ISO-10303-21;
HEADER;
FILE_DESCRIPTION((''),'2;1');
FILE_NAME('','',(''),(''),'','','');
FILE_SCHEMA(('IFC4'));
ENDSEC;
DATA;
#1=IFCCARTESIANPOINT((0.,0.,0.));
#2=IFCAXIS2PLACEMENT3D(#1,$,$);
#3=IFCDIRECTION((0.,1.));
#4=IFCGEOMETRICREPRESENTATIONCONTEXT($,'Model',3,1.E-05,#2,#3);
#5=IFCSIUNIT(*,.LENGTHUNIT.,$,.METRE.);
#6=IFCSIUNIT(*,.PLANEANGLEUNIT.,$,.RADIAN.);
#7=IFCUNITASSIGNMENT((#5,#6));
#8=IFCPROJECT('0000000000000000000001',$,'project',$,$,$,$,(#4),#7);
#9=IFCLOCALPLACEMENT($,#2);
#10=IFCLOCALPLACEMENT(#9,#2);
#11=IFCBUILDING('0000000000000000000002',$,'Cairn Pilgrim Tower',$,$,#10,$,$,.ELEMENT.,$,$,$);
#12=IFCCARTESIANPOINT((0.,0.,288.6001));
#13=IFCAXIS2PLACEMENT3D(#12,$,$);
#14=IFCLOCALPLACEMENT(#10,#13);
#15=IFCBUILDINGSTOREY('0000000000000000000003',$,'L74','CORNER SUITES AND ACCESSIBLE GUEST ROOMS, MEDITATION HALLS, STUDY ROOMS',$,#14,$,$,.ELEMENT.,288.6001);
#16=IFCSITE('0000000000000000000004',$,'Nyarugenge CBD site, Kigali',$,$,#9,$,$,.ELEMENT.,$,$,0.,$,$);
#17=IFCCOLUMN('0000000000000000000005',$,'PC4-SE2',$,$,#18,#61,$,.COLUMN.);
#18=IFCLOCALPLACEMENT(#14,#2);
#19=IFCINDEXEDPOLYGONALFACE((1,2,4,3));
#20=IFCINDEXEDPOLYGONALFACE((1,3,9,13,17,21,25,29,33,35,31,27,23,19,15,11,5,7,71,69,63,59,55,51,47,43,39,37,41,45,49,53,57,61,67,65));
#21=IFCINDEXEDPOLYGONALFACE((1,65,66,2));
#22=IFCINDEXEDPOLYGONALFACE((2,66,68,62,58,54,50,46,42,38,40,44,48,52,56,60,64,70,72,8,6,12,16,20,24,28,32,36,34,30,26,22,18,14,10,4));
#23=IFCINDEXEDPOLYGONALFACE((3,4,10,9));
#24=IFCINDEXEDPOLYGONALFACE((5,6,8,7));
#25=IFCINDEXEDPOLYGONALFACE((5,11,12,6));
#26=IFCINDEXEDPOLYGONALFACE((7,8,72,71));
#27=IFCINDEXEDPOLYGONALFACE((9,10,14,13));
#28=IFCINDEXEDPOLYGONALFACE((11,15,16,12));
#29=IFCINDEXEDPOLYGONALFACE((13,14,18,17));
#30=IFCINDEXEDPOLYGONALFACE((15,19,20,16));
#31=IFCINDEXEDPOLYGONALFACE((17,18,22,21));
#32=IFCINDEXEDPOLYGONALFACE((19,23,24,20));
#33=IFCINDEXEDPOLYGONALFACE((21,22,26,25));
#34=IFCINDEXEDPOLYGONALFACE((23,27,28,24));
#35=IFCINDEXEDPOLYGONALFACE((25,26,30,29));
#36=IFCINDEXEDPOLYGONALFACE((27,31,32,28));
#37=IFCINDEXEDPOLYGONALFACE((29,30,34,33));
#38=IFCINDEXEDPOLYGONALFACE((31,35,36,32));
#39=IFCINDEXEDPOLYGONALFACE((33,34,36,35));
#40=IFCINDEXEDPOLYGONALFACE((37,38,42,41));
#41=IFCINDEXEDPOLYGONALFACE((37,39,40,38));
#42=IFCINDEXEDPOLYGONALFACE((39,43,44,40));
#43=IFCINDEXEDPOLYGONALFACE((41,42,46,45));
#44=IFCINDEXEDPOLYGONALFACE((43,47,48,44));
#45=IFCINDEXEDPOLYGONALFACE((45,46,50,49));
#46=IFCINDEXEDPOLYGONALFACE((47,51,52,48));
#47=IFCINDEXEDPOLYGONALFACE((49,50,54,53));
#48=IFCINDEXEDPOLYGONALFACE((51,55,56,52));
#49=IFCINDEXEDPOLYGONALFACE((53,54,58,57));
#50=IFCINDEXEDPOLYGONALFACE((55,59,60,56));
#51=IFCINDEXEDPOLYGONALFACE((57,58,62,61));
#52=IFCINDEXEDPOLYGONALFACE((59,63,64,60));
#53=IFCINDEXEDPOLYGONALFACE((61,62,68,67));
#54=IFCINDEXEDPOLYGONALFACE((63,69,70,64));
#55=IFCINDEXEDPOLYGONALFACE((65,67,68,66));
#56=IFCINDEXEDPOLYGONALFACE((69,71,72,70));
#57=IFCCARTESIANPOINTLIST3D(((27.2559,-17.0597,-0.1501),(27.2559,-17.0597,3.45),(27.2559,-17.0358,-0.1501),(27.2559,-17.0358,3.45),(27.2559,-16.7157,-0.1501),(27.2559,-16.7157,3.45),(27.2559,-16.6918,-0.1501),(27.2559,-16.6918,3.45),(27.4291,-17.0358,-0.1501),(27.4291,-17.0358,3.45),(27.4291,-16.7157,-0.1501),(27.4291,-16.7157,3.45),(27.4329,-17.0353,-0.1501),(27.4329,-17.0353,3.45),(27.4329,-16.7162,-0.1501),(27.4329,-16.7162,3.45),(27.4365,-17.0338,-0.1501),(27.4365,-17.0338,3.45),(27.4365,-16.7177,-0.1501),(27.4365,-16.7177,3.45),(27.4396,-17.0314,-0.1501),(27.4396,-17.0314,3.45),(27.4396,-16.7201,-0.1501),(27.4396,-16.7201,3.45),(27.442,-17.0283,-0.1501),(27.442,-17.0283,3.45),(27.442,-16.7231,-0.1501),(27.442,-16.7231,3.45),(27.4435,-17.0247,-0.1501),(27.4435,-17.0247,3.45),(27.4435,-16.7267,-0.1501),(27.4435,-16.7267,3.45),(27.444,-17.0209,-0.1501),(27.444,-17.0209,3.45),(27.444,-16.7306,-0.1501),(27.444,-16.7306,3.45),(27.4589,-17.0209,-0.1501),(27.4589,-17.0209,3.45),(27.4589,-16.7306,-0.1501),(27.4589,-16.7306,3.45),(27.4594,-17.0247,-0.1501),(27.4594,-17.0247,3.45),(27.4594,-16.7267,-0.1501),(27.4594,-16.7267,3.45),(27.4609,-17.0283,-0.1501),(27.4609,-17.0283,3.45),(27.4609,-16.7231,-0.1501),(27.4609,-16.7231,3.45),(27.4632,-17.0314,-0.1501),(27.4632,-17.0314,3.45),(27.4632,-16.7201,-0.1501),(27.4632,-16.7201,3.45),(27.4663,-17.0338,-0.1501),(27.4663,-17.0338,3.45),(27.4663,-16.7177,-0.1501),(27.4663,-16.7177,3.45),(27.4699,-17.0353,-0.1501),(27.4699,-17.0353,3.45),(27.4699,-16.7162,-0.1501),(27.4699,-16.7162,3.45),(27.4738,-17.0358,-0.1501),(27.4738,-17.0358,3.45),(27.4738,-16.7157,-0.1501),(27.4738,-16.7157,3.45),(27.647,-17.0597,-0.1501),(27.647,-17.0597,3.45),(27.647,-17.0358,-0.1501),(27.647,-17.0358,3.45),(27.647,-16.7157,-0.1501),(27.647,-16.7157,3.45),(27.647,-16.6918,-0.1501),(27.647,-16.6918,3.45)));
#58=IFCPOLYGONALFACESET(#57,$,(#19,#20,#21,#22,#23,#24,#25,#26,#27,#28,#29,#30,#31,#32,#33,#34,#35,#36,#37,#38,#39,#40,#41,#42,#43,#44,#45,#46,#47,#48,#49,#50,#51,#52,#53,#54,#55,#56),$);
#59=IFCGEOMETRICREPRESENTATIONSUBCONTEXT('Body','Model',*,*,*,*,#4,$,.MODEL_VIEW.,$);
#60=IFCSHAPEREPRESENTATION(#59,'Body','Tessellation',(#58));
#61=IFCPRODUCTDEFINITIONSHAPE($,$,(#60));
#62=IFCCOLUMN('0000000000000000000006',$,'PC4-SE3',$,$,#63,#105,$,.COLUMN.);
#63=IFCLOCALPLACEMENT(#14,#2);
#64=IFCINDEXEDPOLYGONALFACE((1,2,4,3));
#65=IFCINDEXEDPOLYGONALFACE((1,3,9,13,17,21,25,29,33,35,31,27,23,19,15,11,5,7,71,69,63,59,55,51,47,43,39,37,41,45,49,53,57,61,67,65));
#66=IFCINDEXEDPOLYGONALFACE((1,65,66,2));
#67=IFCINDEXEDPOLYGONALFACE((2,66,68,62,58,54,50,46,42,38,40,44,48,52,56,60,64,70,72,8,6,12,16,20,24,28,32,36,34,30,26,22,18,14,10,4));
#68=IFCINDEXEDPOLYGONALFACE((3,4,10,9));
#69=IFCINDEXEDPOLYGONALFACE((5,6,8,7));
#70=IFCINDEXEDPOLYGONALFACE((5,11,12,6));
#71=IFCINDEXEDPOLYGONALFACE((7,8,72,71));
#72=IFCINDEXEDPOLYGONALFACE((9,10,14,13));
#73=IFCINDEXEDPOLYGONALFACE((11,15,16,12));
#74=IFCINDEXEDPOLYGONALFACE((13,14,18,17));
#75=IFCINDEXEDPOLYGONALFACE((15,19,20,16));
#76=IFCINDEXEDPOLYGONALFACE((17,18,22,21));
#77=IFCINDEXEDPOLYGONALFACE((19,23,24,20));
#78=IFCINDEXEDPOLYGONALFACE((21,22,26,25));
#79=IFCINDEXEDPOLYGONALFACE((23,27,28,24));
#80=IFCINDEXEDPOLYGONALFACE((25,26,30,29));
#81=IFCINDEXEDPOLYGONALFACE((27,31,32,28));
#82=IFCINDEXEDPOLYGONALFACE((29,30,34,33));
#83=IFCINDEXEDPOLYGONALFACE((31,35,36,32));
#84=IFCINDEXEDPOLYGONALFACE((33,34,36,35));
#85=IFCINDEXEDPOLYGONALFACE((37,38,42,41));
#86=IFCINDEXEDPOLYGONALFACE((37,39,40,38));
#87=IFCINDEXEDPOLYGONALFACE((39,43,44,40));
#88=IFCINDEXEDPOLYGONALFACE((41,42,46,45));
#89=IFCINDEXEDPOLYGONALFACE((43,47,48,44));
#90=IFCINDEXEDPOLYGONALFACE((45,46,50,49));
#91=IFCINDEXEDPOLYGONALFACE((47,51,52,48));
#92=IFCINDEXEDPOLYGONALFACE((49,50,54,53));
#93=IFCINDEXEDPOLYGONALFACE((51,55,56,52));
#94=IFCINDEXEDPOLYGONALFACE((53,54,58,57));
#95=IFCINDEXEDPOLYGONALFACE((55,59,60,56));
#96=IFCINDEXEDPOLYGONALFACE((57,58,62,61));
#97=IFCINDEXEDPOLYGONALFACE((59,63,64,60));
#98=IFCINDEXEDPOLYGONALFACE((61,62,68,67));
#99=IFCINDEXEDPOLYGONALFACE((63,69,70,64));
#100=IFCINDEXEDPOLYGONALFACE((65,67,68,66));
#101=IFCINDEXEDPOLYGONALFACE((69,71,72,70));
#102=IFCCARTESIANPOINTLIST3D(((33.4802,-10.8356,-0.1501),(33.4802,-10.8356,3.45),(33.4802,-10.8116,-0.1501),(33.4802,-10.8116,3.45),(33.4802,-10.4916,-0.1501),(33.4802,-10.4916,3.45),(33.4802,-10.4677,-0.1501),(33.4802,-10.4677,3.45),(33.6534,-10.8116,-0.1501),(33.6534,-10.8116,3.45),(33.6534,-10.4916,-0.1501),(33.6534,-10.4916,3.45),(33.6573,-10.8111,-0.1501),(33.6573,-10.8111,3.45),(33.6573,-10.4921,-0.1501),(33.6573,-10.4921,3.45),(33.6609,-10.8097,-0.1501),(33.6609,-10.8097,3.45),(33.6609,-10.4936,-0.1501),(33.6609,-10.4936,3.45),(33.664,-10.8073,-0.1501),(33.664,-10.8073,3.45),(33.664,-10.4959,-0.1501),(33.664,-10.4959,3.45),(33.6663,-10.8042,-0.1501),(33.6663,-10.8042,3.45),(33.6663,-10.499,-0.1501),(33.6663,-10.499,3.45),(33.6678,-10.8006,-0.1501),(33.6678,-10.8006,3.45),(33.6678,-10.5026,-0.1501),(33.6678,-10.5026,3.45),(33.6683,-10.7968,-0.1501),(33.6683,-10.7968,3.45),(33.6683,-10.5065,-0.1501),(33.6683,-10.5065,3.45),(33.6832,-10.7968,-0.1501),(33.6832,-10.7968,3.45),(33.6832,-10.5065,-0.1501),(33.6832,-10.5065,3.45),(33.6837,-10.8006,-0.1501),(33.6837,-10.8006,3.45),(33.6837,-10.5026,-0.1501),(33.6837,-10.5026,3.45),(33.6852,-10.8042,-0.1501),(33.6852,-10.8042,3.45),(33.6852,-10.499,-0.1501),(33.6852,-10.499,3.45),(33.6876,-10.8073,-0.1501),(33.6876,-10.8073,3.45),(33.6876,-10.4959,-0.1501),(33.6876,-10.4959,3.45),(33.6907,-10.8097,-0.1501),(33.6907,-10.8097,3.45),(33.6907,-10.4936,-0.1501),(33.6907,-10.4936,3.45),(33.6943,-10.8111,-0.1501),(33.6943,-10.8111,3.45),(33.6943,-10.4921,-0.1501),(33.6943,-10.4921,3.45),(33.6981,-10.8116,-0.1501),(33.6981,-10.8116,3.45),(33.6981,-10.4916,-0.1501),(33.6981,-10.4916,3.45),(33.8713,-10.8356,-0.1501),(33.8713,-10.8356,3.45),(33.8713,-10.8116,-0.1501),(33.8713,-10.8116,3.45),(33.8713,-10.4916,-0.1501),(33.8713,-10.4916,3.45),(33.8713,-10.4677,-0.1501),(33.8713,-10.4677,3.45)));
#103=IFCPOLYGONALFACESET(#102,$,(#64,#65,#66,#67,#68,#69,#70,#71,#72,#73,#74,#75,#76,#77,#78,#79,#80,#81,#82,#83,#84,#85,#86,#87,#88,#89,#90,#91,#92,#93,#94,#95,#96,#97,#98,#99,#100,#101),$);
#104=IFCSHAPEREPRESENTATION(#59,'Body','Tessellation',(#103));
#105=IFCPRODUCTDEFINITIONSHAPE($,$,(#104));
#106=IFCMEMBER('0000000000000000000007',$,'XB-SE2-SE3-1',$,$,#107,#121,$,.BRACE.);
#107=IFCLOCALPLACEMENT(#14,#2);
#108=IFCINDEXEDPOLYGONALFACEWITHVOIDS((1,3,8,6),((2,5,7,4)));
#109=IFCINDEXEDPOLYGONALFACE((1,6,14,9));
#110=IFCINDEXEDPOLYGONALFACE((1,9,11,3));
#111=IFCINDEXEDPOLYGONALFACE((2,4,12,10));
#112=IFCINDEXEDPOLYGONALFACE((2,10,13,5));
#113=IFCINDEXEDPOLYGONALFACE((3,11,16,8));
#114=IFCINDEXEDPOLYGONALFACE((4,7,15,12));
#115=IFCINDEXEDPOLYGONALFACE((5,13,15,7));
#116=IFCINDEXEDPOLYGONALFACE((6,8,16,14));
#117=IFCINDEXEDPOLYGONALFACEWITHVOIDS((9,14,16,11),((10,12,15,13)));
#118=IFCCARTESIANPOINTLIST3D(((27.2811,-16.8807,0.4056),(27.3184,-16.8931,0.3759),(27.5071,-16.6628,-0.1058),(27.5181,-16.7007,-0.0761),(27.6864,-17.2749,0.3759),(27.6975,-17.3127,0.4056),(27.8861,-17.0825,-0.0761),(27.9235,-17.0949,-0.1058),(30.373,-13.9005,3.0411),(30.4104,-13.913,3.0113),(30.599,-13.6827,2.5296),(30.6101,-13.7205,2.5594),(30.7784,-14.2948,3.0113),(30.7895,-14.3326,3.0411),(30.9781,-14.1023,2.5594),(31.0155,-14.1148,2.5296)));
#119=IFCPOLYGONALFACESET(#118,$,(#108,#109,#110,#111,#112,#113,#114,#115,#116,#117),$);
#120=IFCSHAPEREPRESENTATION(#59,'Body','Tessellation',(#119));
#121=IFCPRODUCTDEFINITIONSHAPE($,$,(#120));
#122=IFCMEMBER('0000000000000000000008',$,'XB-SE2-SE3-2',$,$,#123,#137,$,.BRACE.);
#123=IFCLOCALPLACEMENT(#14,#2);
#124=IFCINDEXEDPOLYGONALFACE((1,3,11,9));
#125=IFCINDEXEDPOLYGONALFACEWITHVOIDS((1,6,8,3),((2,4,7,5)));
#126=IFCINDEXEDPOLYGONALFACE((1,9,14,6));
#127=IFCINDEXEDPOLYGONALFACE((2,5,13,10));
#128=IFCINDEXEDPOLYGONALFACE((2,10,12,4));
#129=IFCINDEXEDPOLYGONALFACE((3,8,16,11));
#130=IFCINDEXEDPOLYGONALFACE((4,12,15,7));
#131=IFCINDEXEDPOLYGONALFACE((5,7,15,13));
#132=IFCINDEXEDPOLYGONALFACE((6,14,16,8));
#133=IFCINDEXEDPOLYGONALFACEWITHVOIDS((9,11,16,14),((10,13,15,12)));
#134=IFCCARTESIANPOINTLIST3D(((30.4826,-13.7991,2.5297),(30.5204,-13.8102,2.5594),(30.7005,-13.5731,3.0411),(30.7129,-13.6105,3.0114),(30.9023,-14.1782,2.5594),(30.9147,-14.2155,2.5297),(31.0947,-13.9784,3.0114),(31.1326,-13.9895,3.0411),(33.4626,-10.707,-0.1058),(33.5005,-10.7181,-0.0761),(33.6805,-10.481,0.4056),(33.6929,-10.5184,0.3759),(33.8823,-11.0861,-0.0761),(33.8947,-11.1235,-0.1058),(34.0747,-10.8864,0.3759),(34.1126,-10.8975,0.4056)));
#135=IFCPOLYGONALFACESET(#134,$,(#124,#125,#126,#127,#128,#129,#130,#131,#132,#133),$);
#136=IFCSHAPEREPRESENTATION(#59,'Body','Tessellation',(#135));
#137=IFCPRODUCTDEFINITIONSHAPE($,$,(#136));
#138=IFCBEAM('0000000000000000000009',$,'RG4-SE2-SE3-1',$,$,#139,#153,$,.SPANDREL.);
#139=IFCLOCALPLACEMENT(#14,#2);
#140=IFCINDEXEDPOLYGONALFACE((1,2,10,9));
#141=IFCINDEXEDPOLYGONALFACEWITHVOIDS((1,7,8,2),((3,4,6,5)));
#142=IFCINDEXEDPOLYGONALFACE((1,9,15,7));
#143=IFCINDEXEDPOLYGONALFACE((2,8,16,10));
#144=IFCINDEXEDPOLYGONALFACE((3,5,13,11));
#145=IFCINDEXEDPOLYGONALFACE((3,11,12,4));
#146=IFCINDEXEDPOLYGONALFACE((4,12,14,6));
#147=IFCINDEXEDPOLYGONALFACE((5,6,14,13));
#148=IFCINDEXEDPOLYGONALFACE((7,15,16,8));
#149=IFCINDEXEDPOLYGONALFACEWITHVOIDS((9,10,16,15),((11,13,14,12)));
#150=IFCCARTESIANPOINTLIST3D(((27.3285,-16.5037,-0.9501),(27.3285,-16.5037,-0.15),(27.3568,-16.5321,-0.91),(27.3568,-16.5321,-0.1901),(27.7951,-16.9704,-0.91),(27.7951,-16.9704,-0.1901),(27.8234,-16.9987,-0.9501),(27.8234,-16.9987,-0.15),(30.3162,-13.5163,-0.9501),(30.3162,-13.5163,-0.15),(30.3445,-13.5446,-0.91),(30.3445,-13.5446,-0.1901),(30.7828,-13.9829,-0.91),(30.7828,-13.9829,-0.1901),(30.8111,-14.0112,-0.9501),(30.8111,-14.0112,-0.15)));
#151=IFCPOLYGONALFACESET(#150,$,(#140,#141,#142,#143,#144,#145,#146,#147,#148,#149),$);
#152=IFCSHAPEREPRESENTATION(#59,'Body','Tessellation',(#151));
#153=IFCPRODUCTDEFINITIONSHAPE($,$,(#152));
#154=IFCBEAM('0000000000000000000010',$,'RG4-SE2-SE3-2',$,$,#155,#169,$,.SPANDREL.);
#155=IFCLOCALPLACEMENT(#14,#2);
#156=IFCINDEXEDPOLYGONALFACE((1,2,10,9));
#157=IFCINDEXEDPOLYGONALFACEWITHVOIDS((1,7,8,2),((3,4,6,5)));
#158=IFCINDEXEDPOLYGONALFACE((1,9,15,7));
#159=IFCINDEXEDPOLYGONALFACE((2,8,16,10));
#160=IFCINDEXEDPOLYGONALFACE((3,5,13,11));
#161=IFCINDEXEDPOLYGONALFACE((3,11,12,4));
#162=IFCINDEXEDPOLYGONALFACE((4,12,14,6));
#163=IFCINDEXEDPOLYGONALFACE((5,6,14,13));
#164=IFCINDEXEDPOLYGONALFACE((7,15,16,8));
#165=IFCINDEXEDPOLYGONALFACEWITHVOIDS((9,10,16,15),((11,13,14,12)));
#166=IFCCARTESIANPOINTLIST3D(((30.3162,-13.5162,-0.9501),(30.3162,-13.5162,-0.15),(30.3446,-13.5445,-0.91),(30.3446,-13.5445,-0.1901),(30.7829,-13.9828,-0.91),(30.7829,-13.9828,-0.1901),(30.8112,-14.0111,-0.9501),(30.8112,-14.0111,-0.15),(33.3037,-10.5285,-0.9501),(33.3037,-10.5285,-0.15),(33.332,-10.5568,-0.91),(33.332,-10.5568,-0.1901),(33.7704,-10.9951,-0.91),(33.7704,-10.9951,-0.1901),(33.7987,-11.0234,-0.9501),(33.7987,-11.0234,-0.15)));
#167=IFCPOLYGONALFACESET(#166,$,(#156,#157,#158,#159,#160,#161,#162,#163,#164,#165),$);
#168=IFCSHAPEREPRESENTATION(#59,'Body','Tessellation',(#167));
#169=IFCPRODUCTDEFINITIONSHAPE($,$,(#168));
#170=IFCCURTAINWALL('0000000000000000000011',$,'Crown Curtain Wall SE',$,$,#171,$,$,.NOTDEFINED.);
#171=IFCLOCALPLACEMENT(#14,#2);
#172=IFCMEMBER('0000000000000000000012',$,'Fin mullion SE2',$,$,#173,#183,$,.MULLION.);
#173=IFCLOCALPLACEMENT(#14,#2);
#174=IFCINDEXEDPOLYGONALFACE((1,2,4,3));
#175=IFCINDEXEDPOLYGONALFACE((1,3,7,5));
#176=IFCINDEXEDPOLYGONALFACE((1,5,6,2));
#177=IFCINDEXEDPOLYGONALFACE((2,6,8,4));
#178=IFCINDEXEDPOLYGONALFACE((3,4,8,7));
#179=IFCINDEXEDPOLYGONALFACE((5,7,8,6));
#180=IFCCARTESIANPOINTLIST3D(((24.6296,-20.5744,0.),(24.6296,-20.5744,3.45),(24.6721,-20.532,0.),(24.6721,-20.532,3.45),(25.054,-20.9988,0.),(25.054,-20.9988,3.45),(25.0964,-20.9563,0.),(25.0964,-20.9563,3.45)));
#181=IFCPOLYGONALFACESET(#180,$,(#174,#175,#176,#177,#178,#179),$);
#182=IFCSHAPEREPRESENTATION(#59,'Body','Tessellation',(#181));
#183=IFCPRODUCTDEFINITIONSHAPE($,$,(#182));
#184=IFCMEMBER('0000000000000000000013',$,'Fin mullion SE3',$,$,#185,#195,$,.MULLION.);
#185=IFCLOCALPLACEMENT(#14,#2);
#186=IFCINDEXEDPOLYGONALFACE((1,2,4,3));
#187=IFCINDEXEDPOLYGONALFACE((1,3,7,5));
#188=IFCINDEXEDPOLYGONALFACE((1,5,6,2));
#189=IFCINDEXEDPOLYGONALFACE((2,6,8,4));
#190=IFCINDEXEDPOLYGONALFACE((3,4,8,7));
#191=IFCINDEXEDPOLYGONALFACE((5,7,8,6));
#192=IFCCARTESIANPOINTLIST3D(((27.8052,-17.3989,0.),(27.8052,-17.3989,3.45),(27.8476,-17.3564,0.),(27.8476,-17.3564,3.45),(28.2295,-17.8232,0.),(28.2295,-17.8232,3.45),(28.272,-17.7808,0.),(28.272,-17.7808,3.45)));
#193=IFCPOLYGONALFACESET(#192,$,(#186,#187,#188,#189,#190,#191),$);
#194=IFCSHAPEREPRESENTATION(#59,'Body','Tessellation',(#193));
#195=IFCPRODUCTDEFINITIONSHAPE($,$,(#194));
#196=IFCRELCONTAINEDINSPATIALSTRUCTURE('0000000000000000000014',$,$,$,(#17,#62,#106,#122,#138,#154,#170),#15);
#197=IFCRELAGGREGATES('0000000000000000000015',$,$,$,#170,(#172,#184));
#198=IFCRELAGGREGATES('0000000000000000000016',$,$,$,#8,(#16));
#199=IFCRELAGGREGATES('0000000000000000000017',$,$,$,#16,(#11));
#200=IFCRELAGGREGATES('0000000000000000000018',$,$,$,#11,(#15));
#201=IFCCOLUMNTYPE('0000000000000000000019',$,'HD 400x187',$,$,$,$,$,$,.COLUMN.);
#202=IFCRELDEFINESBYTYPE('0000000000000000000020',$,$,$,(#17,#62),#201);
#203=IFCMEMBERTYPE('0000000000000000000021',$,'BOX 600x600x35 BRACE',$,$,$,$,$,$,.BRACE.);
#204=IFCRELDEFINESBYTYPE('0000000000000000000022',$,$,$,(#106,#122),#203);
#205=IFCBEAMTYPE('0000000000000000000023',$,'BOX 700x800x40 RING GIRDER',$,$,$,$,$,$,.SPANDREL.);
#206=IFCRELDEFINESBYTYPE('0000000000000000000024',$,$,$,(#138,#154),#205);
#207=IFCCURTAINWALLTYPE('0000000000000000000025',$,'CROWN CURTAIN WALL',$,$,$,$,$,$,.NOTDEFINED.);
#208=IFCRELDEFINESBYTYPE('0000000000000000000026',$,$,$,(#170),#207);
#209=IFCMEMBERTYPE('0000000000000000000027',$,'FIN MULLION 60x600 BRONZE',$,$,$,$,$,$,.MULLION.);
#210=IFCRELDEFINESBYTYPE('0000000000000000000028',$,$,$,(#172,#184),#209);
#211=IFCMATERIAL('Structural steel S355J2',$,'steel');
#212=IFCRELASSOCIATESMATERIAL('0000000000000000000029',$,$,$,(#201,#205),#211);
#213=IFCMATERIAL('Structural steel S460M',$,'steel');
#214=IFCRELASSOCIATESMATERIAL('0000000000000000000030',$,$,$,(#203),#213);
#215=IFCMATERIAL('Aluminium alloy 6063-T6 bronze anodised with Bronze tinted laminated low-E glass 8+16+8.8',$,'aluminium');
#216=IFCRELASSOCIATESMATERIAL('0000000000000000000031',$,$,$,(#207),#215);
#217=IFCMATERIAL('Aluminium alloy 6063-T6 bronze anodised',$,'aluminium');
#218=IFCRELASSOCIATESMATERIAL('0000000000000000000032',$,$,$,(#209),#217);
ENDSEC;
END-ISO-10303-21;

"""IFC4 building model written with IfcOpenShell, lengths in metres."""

from ifc_helpers import new_model, si_unit, direction, frame, origin, origin_2d, place, context, subcontext, project, spatial, rectangle, hollow_rectangle, i_section, extrude, material, material_profile, profile_set, type_object, element, aggregate, save


model = new_model("IFC4")

# Units and contexts
model_context = context("Model", 3, precision=1e-05, world=origin(), true_north=direction((0.0, 1.0)))
body_context = subcontext(model_context, "Body", "Model", "MODEL_VIEW")
ifc_project = project(units=[si_unit("LENGTHUNIT", "METRE"), si_unit("PLANEANGLEUNIT", "RADIAN")], contexts=[model_context])

# Site, building, storey
site_placement = place(None, origin())
site = spatial("IfcSite", under=ifc_project, at=site_placement, Name="Nyarugenge CBD site, Kigali", CompositionType="ELEMENT", RefElevation=0.0)
building_placement = place(site_placement, origin())
building = spatial("IfcBuilding", under=site, at=building_placement, Name="Cairn Pilgrim Tower", CompositionType="ELEMENT")
storey_placement = place(building_placement, frame((0.0, 0.0, 288.6001)))
storey = spatial("IfcBuildingStorey", under=building, at=storey_placement, Name="L74", Description="CORNER SUITES AND ACCESSIBLE GUEST ROOMS, MEDITATION HALLS, STUDY ROOMS", CompositionType="ELEMENT", Elevation=288.6001)

# Columns
ifc_material_1 = material(Name="Structural steel S355J2", Category="steel")
ifc_material_profile_1 = material_profile(ifc_material_1, i_section(OverallWidth=0.3911, OverallDepth=0.3679, WebThickness=0.0149, FlangeThickness=0.0239, FilletRadius=0.0149, at=origin_2d()), Name="HD 400x187")
ifc_profile_set_1 = profile_set([ifc_material_profile_1], Name="Structural steel S355J2")
column_type = type_object("IfcColumnType", Name="HD 400x187", PredefinedType="COLUMN", material=ifc_profile_set_1)
for number, where, z_axis, x_axis, name in (
    (1, (27.4514, -16.8757, -0.1501), (0.0, 0.0, 1.0), (1.0, 0.0, 0.0), "PC4-SE2"),
    (2, (33.6758, -10.6516, -0.1501), (0.0, 0.0, 1.0), (1.0, 0.0, 0.0), "PC4-SE3"),
):
    element("IfcColumn", number, at=place(storey_placement, frame(where, z_axis=z_axis, x_axis=x_axis)), inside=storey, type_object=column_type, Name=name, PredefinedType="COLUMN", context=body_context, shape_type="SweptSolid", body=[
        extrude(i_section(OverallWidth=0.3911, OverallDepth=0.3679, WebThickness=0.0149, FlangeThickness=0.0239, FilletRadius=0.0149, at=origin_2d()), origin(), (0.0, 0.0, 1.0), 3.6001),
    ])

# Members
ifc_material_2 = material(Name="Structural steel S460M", Category="steel")
ifc_material_profile_2 = material_profile(ifc_material_2, hollow_rectangle(XDim=0.6001, YDim=0.6001, WallThickness=0.0349, at=origin_2d()), Name="BOX 600x600x35")
ifc_profile_set_2 = profile_set([ifc_material_profile_2], Name="Structural steel S460M")
member_type_1 = type_object("IfcMemberType", Name="BOX 600x600x35 BRACE", PredefinedType="BRACE", material=ifc_profile_set_2)
for number, where, z_axis, x_axis, name in (
    (3, (27.6023, -16.9878, 0.1499), (0.613661, 0.591469, 0.523053), (-0.693968, 0.720006, 0.0), "XB-SE2-SE3-1"),
    (4, (33.7876, -10.8022, 0.1499), (-0.591438, -0.613678, 0.523068), (0.720034, -0.693939, 0.0), "XB-SE2-SE3-2"),
):
    element("IfcMember", number, at=place(storey_placement, frame(where, z_axis=z_axis, x_axis=x_axis)), inside=storey, type_object=member_type_1, Name=name, PredefinedType="BRACE", context=body_context, shape_type="SweptSolid", body=[
        extrude(hollow_rectangle(XDim=0.6001, YDim=0.6001, WallThickness=0.0349, at=origin_2d()), origin(), (0.0, 0.0, 1.0), 5.0386),
    ])

# Beams
ifc_material_profile_3 = material_profile(ifc_material_1, hollow_rectangle(XDim=0.7, YDim=0.8, WallThickness=0.04, at=origin_2d()), Name="BOX 700x800x40")
ifc_profile_set_3 = profile_set([ifc_material_profile_3], Name="Structural steel S355J2")
beam_type_1 = type_object("IfcBeamType", Name="BOX 700x800x40 RING GIRDER", PredefinedType="SPANDREL", material=ifc_profile_set_3)
for number, where, z_axis, x_axis, name in (
    (5, (27.5759, -16.7512, -0.55), (0.707136, 0.707078, 0.0), (-0.707078, 0.707136, 0.0), "RG4-SE2-SE3-1"),
    (6, (30.5637, -13.7637, -0.55), (0.707078, 0.707136, 0.0), (-0.707136, 0.707078, 0.0), "RG4-SE2-SE3-2"),
):
    element("IfcBeam", number, at=place(storey_placement, frame(where, z_axis=z_axis, x_axis=x_axis)), inside=storey, type_object=beam_type_1, Name=name, PredefinedType="SPANDREL", context=body_context, shape_type="SweptSolid", body=[
        extrude(hollow_rectangle(XDim=0.7, YDim=0.8, WallThickness=0.04, at=origin_2d()), origin(), (0.0, 0.0, 1.0), 4.2251),
    ])

# Curtain wall, members
ifc_material_3 = material(Name="Aluminium alloy 6063-T6 bronze anodised with Bronze tinted laminated low-E glass 8+16+8.8", Category="aluminium")
curtain_wall_type = type_object("IfcCurtainWallType", Name="CROWN CURTAIN WALL", PredefinedType="NOTDEFINED", material=ifc_material_3)
curtain_wall_placement = place(storey_placement, origin())
curtain_wall = element("IfcCurtainWall", 7, at=curtain_wall_placement, inside=storey, type_object=curtain_wall_type, Name="Crown Curtain Wall SE", PredefinedType="NOTDEFINED")
ifc_material_4 = material(Name="Aluminium alloy 6063-T6 bronze anodised", Category="aluminium")
ifc_material_profile_4 = material_profile(ifc_material_4, rectangle(XDim=0.6001, YDim=0.0601, at=origin_2d()), Name="FIN MULLION 60x600 BRONZE")
ifc_profile_set_4 = profile_set([ifc_material_profile_4], Name="Aluminium alloy 6063-T6 bronze anodised")
member_type_2 = type_object("IfcMemberType", Name="FIN MULLION 60x600 BRONZE", PredefinedType="MULLION", material=ifc_profile_set_4)
member_1_placement = place(storey_placement, frame((24.863, -20.7654, 0.0), z_axis=(0.0, 0.0, 1.0), x_axis=(0.707107, -0.707107, 0.0)))
member_1 = element("IfcMember", 8, at=member_1_placement, type_object=member_type_2, Name="Fin mullion SE2", PredefinedType="MULLION", context=body_context, shape_type="SweptSolid", body=[
    extrude(rectangle(XDim=0.6001, YDim=0.0601, at=origin_2d()), origin(), (0.0, 0.0, 1.0), 3.45),
])
member_2_placement = place(storey_placement, frame((28.0386, -17.5898, 0.0), z_axis=(0.0, 0.0, 1.0), x_axis=(0.707107, -0.707107, 0.0)))
member_2 = element("IfcMember", 9, at=member_2_placement, type_object=member_type_2, Name="Fin mullion SE3", PredefinedType="MULLION", context=body_context, shape_type="SweptSolid", body=[
    extrude(rectangle(XDim=0.6001, YDim=0.0601, at=origin_2d()), origin(), (0.0, 0.0, 1.0), 3.45),
])

aggregate(curtain_wall, [member_1, member_2])

save(model, "model.ifc")
